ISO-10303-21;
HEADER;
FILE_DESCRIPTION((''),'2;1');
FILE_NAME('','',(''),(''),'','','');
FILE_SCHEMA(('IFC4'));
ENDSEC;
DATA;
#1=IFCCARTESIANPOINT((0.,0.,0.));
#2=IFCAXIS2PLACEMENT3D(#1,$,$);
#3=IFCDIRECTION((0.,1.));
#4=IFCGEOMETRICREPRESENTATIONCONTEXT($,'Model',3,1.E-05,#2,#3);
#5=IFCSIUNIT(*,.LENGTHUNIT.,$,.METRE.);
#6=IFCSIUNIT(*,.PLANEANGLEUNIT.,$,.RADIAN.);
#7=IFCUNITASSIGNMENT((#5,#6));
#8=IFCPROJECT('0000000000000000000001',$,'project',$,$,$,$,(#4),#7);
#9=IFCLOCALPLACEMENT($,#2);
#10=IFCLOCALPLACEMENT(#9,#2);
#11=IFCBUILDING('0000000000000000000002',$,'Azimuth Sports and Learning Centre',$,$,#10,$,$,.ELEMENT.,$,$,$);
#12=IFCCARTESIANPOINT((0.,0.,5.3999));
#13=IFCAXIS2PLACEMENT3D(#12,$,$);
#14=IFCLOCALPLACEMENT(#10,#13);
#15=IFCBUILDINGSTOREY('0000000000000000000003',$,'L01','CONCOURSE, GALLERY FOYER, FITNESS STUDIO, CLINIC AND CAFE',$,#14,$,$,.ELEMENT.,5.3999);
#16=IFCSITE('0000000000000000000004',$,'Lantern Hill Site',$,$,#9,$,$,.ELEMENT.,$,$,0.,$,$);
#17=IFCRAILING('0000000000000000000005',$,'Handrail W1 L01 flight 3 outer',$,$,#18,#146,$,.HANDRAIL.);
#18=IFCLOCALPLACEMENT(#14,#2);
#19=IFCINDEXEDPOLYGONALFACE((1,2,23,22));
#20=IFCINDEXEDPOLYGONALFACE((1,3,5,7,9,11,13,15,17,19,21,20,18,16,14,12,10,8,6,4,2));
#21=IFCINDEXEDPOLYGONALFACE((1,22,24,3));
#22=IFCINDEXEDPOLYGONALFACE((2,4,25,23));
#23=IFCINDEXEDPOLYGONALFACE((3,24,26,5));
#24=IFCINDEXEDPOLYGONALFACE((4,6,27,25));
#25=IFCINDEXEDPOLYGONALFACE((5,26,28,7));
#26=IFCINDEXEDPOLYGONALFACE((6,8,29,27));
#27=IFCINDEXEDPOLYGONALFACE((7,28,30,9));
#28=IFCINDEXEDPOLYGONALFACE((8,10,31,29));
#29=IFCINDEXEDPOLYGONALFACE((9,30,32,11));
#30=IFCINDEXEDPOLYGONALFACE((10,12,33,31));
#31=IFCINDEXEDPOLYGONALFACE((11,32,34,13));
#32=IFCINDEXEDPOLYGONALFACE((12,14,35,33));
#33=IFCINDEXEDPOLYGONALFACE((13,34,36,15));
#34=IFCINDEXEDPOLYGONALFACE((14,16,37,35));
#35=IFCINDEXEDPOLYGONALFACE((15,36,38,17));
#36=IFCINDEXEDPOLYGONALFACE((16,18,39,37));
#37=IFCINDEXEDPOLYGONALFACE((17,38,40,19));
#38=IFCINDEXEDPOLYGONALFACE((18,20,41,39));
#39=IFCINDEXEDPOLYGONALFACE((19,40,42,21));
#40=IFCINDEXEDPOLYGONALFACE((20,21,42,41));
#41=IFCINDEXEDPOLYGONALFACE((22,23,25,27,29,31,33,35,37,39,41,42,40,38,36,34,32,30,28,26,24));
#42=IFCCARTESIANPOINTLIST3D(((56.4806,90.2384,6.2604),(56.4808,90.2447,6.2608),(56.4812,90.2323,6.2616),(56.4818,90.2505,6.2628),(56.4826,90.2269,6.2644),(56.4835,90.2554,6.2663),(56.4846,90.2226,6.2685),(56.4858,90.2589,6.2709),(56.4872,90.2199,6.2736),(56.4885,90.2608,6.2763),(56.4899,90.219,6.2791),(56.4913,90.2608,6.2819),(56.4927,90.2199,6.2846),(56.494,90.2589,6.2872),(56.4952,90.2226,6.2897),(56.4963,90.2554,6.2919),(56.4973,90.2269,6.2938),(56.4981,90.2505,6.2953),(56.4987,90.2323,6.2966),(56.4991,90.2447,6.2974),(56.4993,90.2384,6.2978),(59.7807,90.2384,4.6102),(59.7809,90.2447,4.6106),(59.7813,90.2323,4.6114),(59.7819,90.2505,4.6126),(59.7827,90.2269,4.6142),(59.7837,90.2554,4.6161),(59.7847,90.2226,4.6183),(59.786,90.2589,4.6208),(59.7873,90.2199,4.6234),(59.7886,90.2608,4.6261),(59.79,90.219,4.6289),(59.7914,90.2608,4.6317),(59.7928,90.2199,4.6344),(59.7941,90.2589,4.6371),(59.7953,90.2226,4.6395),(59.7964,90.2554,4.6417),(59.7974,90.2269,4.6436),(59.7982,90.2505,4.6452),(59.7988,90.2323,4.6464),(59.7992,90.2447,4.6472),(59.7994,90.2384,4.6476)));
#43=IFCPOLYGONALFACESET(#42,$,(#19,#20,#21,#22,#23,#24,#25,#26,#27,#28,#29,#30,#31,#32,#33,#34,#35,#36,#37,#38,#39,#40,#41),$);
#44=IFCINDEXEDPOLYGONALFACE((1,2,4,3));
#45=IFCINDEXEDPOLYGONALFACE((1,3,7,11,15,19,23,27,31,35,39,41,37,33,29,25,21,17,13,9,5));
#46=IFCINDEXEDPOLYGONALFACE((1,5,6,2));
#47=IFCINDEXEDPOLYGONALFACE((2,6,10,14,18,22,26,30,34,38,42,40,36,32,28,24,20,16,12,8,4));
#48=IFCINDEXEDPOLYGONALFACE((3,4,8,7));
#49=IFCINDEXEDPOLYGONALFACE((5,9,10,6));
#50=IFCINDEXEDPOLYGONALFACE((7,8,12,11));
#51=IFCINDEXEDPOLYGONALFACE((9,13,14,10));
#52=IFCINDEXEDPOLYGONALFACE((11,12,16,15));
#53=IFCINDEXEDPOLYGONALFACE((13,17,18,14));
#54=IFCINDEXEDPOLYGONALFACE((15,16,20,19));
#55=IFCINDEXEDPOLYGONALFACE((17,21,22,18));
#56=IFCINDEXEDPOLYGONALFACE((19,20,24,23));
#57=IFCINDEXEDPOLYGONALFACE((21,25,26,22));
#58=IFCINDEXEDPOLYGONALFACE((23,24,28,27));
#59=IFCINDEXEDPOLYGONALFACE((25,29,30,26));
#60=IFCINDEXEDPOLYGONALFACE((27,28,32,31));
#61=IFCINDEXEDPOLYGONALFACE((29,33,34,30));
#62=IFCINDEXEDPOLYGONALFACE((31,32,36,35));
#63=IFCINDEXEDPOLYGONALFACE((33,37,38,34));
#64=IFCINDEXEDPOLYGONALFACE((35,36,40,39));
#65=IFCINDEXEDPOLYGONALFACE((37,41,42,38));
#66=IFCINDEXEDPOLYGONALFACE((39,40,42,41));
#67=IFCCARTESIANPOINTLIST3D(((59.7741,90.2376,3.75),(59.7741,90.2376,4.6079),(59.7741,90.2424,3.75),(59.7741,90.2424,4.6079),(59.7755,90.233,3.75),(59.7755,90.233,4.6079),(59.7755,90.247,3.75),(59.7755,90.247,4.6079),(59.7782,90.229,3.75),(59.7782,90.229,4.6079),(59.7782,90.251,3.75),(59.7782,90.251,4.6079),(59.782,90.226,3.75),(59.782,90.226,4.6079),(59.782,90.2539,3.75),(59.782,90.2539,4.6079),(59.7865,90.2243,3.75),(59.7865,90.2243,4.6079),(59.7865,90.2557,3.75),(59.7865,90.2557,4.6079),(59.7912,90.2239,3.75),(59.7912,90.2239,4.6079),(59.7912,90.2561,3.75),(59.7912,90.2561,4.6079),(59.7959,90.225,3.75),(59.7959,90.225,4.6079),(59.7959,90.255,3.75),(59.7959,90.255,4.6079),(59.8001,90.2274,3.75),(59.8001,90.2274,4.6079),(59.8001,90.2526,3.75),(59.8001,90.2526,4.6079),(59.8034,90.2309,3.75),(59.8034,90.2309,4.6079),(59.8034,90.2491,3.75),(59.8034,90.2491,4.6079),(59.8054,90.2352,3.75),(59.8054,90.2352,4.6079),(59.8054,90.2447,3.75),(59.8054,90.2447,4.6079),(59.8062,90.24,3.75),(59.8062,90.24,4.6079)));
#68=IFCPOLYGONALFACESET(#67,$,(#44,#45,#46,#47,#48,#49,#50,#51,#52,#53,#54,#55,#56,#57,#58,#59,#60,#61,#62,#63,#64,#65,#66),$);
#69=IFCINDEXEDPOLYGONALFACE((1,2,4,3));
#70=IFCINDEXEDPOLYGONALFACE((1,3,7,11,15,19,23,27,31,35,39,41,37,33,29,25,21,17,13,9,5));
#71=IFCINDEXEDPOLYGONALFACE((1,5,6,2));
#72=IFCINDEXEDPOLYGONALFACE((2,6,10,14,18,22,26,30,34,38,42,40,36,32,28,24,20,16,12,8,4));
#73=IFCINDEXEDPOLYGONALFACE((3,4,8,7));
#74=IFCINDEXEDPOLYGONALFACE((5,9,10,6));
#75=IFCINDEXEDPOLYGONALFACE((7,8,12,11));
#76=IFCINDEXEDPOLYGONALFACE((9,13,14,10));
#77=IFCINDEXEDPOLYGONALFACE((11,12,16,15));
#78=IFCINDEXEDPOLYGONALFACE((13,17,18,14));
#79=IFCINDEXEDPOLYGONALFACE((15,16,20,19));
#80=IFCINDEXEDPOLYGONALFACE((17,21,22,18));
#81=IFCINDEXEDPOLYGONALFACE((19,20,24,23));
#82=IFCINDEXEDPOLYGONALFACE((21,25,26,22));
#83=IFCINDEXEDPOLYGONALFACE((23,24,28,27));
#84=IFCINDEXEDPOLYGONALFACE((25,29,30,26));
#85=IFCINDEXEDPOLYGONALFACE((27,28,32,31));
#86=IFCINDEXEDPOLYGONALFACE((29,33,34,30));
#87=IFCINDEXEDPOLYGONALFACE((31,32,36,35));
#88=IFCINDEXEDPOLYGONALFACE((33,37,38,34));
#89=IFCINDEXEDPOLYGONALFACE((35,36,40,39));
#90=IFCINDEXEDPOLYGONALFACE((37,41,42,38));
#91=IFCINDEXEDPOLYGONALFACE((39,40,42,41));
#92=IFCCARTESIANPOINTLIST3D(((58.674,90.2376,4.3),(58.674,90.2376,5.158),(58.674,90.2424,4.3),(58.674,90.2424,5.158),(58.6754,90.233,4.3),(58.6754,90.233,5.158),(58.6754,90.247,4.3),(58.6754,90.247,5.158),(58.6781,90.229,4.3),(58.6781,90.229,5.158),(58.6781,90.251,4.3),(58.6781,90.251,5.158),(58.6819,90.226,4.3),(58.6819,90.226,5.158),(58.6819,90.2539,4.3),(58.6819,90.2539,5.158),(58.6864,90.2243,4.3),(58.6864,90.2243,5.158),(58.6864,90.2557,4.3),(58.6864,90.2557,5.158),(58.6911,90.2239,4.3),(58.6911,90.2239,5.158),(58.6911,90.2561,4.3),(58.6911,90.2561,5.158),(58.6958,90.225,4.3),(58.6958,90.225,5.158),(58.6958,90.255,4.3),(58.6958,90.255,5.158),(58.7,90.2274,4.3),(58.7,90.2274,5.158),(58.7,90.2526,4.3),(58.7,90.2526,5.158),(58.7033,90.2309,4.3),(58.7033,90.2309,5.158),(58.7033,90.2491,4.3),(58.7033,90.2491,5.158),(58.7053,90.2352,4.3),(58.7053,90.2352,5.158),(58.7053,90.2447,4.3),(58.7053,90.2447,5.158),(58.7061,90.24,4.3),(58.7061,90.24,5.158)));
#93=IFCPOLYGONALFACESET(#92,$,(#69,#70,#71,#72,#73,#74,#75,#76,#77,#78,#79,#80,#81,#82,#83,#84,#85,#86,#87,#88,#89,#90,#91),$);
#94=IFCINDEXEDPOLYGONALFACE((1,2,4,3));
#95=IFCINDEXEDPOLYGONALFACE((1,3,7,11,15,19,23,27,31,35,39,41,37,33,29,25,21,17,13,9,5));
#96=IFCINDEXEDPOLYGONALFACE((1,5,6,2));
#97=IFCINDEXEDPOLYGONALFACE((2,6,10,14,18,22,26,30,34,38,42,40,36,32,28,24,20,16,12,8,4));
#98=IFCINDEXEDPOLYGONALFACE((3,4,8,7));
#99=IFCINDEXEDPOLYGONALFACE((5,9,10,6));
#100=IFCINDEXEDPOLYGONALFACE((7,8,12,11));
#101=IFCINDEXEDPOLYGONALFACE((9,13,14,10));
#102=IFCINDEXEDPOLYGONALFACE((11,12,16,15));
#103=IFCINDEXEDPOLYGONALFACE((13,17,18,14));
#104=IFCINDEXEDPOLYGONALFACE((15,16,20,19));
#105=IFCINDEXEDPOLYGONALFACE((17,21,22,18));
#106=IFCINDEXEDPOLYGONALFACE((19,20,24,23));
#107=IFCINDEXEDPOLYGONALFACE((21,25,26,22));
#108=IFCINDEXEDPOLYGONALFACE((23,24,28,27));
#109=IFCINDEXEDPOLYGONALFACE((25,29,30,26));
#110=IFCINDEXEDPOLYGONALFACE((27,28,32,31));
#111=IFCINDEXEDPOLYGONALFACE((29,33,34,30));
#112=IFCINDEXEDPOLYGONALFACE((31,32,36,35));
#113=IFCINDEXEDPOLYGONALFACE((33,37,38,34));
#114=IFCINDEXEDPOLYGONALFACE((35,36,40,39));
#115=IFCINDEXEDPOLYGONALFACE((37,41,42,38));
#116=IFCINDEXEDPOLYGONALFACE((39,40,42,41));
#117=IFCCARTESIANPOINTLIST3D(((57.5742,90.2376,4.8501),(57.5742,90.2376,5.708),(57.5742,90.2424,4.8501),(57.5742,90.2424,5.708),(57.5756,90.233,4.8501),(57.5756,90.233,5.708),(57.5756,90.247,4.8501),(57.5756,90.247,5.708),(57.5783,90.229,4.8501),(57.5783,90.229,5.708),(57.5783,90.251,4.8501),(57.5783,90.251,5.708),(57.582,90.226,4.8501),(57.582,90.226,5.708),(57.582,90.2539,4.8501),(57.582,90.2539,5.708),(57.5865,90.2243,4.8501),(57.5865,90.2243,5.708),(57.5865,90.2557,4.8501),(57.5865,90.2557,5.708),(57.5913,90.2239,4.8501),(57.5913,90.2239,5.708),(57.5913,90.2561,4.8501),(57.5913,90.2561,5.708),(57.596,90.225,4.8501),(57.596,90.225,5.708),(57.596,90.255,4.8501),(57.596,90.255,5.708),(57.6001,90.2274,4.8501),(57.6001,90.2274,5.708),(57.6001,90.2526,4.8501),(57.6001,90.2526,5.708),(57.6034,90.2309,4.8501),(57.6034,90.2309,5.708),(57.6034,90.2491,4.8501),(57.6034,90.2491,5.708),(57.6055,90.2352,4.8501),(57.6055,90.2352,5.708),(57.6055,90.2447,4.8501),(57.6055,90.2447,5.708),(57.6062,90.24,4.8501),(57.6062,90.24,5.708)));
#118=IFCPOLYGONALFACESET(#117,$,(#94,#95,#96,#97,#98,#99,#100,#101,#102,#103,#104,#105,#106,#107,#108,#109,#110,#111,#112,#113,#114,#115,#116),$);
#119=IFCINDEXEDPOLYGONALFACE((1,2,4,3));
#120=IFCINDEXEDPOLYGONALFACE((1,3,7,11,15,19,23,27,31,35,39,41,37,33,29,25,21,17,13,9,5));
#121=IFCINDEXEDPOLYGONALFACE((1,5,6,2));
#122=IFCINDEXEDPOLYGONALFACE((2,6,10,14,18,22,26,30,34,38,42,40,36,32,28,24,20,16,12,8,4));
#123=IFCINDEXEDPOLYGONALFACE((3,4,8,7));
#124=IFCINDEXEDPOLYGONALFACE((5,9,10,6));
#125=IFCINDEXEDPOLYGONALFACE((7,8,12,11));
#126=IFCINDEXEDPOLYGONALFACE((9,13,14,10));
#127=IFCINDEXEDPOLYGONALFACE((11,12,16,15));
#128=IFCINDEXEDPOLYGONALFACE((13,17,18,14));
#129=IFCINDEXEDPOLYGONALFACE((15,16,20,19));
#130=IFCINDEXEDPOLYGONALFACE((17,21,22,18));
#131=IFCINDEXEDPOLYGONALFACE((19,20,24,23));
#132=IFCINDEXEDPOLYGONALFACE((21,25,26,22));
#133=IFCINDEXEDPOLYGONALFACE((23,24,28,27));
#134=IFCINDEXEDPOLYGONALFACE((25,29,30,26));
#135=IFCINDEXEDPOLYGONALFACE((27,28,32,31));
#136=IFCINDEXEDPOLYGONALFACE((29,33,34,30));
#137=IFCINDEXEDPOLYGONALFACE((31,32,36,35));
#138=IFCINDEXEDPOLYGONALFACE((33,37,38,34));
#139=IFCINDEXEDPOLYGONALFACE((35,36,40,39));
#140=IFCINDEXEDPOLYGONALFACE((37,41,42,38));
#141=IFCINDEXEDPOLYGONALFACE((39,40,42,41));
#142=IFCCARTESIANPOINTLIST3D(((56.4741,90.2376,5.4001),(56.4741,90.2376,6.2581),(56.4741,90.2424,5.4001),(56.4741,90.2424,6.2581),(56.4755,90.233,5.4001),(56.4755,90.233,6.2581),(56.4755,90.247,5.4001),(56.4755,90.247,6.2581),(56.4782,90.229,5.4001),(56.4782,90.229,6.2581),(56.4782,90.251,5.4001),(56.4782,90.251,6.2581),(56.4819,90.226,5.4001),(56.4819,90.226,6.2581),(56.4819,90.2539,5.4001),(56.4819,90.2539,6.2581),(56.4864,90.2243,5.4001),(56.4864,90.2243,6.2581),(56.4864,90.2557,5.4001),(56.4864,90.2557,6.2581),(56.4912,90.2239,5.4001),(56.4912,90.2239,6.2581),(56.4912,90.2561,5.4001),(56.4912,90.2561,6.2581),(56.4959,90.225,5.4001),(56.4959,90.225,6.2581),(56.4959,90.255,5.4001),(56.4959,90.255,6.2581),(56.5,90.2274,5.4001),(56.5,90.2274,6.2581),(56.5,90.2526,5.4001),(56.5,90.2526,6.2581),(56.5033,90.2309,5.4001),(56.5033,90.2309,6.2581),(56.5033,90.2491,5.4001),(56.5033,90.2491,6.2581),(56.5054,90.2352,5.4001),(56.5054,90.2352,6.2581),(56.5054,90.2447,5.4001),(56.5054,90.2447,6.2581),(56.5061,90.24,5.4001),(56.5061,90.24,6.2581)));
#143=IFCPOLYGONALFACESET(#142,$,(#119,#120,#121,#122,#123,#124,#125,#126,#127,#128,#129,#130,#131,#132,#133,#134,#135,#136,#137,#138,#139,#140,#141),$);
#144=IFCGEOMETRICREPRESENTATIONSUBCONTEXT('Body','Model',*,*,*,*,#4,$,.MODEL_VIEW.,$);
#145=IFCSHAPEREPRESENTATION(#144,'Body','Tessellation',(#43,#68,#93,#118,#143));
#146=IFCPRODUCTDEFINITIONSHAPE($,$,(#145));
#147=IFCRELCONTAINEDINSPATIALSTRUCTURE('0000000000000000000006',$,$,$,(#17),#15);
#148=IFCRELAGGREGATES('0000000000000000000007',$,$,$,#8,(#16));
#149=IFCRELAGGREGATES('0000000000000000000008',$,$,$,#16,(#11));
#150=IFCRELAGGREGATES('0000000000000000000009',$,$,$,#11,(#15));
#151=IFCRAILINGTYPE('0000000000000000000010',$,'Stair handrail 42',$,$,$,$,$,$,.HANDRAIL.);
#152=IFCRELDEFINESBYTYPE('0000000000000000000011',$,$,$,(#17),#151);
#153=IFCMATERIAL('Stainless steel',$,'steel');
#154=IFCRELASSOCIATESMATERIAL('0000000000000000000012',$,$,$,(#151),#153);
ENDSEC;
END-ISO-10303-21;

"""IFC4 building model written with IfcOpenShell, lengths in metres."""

from ifc_helpers import new_model, si_unit, direction, frame, origin, origin_2d, place, context, subcontext, project, spatial, circle, extrude, material, type_object, element, save


model = new_model("IFC4")

# Units and contexts
model_context = context("Model", 3, precision=1e-05, world=origin(), true_north=direction((0.0, 1.0)))
body_context = subcontext(model_context, "Body", "Model", "MODEL_VIEW")
ifc_project = project(units=[si_unit("LENGTHUNIT", "METRE"), si_unit("PLANEANGLEUNIT", "RADIAN")], contexts=[model_context])

# Site, building, storey
site_placement = place(None, origin())
site = spatial("IfcSite", under=ifc_project, at=site_placement, Name="Lantern Hill Site", CompositionType="ELEMENT", RefElevation=0.0)
building_placement = place(site_placement, origin())
building = spatial("IfcBuilding", under=site, at=building_placement, Name="Azimuth Sports and Learning Centre", CompositionType="ELEMENT")
storey_placement = place(building_placement, frame((0.0, 0.0, 5.3999)))
storey = spatial("IfcBuildingStorey", under=building, at=storey_placement, Name="L01", Description="CONCOURSE, GALLERY FOYER, FITNESS STUDIO, CLINIC AND CAFE", CompositionType="ELEMENT", Elevation=5.3999)

# Railing
ifc_material_1 = material(Name="Stainless steel", Category="steel")
railing_type = type_object("IfcRailingType", Name="Stair handrail 42", PredefinedType="HANDRAIL", material=ifc_material_1)
for number, where, name in (
    (1, (59.79, 90.24, 3.75), "Handrail W1 L01 flight 3 outer"),
):
    element("IfcRailing", number, at=place(storey_placement, frame(where)), inside=storey, type_object=railing_type, Name=name, PredefinedType="HANDRAIL", context=body_context, shape_type="SweptSolid", body=[
        extrude(circle(Radius=0.021, at=origin_2d()), frame((0.0, 0.0, 0.8789), z_axis=(-0.894414, 0.0, 0.44724), x_axis=(0.0, -1.0, 0.0)), (0.0, 0.0, 1.0), 3.6897),
        extrude(circle(Radius=0.0161, at=origin_2d()), origin(), (0.0, 0.0, 1.0), 0.8579),
        extrude(circle(Radius=0.0161, at=origin_2d()), frame((-1.1001, 0.0, 0.55)), (0.0, 0.0, 1.0), 0.8579),
        extrude(circle(Radius=0.0161, at=origin_2d()), frame((-2.2, 0.0, 1.1001)), (0.0, 0.0, 1.0), 0.8579),
        extrude(circle(Radius=0.0161, at=origin_2d()), frame((-3.3, 0.0, 1.6501)), (0.0, 0.0, 1.0), 0.8579),
    ])

save(model, "model.ifc")
